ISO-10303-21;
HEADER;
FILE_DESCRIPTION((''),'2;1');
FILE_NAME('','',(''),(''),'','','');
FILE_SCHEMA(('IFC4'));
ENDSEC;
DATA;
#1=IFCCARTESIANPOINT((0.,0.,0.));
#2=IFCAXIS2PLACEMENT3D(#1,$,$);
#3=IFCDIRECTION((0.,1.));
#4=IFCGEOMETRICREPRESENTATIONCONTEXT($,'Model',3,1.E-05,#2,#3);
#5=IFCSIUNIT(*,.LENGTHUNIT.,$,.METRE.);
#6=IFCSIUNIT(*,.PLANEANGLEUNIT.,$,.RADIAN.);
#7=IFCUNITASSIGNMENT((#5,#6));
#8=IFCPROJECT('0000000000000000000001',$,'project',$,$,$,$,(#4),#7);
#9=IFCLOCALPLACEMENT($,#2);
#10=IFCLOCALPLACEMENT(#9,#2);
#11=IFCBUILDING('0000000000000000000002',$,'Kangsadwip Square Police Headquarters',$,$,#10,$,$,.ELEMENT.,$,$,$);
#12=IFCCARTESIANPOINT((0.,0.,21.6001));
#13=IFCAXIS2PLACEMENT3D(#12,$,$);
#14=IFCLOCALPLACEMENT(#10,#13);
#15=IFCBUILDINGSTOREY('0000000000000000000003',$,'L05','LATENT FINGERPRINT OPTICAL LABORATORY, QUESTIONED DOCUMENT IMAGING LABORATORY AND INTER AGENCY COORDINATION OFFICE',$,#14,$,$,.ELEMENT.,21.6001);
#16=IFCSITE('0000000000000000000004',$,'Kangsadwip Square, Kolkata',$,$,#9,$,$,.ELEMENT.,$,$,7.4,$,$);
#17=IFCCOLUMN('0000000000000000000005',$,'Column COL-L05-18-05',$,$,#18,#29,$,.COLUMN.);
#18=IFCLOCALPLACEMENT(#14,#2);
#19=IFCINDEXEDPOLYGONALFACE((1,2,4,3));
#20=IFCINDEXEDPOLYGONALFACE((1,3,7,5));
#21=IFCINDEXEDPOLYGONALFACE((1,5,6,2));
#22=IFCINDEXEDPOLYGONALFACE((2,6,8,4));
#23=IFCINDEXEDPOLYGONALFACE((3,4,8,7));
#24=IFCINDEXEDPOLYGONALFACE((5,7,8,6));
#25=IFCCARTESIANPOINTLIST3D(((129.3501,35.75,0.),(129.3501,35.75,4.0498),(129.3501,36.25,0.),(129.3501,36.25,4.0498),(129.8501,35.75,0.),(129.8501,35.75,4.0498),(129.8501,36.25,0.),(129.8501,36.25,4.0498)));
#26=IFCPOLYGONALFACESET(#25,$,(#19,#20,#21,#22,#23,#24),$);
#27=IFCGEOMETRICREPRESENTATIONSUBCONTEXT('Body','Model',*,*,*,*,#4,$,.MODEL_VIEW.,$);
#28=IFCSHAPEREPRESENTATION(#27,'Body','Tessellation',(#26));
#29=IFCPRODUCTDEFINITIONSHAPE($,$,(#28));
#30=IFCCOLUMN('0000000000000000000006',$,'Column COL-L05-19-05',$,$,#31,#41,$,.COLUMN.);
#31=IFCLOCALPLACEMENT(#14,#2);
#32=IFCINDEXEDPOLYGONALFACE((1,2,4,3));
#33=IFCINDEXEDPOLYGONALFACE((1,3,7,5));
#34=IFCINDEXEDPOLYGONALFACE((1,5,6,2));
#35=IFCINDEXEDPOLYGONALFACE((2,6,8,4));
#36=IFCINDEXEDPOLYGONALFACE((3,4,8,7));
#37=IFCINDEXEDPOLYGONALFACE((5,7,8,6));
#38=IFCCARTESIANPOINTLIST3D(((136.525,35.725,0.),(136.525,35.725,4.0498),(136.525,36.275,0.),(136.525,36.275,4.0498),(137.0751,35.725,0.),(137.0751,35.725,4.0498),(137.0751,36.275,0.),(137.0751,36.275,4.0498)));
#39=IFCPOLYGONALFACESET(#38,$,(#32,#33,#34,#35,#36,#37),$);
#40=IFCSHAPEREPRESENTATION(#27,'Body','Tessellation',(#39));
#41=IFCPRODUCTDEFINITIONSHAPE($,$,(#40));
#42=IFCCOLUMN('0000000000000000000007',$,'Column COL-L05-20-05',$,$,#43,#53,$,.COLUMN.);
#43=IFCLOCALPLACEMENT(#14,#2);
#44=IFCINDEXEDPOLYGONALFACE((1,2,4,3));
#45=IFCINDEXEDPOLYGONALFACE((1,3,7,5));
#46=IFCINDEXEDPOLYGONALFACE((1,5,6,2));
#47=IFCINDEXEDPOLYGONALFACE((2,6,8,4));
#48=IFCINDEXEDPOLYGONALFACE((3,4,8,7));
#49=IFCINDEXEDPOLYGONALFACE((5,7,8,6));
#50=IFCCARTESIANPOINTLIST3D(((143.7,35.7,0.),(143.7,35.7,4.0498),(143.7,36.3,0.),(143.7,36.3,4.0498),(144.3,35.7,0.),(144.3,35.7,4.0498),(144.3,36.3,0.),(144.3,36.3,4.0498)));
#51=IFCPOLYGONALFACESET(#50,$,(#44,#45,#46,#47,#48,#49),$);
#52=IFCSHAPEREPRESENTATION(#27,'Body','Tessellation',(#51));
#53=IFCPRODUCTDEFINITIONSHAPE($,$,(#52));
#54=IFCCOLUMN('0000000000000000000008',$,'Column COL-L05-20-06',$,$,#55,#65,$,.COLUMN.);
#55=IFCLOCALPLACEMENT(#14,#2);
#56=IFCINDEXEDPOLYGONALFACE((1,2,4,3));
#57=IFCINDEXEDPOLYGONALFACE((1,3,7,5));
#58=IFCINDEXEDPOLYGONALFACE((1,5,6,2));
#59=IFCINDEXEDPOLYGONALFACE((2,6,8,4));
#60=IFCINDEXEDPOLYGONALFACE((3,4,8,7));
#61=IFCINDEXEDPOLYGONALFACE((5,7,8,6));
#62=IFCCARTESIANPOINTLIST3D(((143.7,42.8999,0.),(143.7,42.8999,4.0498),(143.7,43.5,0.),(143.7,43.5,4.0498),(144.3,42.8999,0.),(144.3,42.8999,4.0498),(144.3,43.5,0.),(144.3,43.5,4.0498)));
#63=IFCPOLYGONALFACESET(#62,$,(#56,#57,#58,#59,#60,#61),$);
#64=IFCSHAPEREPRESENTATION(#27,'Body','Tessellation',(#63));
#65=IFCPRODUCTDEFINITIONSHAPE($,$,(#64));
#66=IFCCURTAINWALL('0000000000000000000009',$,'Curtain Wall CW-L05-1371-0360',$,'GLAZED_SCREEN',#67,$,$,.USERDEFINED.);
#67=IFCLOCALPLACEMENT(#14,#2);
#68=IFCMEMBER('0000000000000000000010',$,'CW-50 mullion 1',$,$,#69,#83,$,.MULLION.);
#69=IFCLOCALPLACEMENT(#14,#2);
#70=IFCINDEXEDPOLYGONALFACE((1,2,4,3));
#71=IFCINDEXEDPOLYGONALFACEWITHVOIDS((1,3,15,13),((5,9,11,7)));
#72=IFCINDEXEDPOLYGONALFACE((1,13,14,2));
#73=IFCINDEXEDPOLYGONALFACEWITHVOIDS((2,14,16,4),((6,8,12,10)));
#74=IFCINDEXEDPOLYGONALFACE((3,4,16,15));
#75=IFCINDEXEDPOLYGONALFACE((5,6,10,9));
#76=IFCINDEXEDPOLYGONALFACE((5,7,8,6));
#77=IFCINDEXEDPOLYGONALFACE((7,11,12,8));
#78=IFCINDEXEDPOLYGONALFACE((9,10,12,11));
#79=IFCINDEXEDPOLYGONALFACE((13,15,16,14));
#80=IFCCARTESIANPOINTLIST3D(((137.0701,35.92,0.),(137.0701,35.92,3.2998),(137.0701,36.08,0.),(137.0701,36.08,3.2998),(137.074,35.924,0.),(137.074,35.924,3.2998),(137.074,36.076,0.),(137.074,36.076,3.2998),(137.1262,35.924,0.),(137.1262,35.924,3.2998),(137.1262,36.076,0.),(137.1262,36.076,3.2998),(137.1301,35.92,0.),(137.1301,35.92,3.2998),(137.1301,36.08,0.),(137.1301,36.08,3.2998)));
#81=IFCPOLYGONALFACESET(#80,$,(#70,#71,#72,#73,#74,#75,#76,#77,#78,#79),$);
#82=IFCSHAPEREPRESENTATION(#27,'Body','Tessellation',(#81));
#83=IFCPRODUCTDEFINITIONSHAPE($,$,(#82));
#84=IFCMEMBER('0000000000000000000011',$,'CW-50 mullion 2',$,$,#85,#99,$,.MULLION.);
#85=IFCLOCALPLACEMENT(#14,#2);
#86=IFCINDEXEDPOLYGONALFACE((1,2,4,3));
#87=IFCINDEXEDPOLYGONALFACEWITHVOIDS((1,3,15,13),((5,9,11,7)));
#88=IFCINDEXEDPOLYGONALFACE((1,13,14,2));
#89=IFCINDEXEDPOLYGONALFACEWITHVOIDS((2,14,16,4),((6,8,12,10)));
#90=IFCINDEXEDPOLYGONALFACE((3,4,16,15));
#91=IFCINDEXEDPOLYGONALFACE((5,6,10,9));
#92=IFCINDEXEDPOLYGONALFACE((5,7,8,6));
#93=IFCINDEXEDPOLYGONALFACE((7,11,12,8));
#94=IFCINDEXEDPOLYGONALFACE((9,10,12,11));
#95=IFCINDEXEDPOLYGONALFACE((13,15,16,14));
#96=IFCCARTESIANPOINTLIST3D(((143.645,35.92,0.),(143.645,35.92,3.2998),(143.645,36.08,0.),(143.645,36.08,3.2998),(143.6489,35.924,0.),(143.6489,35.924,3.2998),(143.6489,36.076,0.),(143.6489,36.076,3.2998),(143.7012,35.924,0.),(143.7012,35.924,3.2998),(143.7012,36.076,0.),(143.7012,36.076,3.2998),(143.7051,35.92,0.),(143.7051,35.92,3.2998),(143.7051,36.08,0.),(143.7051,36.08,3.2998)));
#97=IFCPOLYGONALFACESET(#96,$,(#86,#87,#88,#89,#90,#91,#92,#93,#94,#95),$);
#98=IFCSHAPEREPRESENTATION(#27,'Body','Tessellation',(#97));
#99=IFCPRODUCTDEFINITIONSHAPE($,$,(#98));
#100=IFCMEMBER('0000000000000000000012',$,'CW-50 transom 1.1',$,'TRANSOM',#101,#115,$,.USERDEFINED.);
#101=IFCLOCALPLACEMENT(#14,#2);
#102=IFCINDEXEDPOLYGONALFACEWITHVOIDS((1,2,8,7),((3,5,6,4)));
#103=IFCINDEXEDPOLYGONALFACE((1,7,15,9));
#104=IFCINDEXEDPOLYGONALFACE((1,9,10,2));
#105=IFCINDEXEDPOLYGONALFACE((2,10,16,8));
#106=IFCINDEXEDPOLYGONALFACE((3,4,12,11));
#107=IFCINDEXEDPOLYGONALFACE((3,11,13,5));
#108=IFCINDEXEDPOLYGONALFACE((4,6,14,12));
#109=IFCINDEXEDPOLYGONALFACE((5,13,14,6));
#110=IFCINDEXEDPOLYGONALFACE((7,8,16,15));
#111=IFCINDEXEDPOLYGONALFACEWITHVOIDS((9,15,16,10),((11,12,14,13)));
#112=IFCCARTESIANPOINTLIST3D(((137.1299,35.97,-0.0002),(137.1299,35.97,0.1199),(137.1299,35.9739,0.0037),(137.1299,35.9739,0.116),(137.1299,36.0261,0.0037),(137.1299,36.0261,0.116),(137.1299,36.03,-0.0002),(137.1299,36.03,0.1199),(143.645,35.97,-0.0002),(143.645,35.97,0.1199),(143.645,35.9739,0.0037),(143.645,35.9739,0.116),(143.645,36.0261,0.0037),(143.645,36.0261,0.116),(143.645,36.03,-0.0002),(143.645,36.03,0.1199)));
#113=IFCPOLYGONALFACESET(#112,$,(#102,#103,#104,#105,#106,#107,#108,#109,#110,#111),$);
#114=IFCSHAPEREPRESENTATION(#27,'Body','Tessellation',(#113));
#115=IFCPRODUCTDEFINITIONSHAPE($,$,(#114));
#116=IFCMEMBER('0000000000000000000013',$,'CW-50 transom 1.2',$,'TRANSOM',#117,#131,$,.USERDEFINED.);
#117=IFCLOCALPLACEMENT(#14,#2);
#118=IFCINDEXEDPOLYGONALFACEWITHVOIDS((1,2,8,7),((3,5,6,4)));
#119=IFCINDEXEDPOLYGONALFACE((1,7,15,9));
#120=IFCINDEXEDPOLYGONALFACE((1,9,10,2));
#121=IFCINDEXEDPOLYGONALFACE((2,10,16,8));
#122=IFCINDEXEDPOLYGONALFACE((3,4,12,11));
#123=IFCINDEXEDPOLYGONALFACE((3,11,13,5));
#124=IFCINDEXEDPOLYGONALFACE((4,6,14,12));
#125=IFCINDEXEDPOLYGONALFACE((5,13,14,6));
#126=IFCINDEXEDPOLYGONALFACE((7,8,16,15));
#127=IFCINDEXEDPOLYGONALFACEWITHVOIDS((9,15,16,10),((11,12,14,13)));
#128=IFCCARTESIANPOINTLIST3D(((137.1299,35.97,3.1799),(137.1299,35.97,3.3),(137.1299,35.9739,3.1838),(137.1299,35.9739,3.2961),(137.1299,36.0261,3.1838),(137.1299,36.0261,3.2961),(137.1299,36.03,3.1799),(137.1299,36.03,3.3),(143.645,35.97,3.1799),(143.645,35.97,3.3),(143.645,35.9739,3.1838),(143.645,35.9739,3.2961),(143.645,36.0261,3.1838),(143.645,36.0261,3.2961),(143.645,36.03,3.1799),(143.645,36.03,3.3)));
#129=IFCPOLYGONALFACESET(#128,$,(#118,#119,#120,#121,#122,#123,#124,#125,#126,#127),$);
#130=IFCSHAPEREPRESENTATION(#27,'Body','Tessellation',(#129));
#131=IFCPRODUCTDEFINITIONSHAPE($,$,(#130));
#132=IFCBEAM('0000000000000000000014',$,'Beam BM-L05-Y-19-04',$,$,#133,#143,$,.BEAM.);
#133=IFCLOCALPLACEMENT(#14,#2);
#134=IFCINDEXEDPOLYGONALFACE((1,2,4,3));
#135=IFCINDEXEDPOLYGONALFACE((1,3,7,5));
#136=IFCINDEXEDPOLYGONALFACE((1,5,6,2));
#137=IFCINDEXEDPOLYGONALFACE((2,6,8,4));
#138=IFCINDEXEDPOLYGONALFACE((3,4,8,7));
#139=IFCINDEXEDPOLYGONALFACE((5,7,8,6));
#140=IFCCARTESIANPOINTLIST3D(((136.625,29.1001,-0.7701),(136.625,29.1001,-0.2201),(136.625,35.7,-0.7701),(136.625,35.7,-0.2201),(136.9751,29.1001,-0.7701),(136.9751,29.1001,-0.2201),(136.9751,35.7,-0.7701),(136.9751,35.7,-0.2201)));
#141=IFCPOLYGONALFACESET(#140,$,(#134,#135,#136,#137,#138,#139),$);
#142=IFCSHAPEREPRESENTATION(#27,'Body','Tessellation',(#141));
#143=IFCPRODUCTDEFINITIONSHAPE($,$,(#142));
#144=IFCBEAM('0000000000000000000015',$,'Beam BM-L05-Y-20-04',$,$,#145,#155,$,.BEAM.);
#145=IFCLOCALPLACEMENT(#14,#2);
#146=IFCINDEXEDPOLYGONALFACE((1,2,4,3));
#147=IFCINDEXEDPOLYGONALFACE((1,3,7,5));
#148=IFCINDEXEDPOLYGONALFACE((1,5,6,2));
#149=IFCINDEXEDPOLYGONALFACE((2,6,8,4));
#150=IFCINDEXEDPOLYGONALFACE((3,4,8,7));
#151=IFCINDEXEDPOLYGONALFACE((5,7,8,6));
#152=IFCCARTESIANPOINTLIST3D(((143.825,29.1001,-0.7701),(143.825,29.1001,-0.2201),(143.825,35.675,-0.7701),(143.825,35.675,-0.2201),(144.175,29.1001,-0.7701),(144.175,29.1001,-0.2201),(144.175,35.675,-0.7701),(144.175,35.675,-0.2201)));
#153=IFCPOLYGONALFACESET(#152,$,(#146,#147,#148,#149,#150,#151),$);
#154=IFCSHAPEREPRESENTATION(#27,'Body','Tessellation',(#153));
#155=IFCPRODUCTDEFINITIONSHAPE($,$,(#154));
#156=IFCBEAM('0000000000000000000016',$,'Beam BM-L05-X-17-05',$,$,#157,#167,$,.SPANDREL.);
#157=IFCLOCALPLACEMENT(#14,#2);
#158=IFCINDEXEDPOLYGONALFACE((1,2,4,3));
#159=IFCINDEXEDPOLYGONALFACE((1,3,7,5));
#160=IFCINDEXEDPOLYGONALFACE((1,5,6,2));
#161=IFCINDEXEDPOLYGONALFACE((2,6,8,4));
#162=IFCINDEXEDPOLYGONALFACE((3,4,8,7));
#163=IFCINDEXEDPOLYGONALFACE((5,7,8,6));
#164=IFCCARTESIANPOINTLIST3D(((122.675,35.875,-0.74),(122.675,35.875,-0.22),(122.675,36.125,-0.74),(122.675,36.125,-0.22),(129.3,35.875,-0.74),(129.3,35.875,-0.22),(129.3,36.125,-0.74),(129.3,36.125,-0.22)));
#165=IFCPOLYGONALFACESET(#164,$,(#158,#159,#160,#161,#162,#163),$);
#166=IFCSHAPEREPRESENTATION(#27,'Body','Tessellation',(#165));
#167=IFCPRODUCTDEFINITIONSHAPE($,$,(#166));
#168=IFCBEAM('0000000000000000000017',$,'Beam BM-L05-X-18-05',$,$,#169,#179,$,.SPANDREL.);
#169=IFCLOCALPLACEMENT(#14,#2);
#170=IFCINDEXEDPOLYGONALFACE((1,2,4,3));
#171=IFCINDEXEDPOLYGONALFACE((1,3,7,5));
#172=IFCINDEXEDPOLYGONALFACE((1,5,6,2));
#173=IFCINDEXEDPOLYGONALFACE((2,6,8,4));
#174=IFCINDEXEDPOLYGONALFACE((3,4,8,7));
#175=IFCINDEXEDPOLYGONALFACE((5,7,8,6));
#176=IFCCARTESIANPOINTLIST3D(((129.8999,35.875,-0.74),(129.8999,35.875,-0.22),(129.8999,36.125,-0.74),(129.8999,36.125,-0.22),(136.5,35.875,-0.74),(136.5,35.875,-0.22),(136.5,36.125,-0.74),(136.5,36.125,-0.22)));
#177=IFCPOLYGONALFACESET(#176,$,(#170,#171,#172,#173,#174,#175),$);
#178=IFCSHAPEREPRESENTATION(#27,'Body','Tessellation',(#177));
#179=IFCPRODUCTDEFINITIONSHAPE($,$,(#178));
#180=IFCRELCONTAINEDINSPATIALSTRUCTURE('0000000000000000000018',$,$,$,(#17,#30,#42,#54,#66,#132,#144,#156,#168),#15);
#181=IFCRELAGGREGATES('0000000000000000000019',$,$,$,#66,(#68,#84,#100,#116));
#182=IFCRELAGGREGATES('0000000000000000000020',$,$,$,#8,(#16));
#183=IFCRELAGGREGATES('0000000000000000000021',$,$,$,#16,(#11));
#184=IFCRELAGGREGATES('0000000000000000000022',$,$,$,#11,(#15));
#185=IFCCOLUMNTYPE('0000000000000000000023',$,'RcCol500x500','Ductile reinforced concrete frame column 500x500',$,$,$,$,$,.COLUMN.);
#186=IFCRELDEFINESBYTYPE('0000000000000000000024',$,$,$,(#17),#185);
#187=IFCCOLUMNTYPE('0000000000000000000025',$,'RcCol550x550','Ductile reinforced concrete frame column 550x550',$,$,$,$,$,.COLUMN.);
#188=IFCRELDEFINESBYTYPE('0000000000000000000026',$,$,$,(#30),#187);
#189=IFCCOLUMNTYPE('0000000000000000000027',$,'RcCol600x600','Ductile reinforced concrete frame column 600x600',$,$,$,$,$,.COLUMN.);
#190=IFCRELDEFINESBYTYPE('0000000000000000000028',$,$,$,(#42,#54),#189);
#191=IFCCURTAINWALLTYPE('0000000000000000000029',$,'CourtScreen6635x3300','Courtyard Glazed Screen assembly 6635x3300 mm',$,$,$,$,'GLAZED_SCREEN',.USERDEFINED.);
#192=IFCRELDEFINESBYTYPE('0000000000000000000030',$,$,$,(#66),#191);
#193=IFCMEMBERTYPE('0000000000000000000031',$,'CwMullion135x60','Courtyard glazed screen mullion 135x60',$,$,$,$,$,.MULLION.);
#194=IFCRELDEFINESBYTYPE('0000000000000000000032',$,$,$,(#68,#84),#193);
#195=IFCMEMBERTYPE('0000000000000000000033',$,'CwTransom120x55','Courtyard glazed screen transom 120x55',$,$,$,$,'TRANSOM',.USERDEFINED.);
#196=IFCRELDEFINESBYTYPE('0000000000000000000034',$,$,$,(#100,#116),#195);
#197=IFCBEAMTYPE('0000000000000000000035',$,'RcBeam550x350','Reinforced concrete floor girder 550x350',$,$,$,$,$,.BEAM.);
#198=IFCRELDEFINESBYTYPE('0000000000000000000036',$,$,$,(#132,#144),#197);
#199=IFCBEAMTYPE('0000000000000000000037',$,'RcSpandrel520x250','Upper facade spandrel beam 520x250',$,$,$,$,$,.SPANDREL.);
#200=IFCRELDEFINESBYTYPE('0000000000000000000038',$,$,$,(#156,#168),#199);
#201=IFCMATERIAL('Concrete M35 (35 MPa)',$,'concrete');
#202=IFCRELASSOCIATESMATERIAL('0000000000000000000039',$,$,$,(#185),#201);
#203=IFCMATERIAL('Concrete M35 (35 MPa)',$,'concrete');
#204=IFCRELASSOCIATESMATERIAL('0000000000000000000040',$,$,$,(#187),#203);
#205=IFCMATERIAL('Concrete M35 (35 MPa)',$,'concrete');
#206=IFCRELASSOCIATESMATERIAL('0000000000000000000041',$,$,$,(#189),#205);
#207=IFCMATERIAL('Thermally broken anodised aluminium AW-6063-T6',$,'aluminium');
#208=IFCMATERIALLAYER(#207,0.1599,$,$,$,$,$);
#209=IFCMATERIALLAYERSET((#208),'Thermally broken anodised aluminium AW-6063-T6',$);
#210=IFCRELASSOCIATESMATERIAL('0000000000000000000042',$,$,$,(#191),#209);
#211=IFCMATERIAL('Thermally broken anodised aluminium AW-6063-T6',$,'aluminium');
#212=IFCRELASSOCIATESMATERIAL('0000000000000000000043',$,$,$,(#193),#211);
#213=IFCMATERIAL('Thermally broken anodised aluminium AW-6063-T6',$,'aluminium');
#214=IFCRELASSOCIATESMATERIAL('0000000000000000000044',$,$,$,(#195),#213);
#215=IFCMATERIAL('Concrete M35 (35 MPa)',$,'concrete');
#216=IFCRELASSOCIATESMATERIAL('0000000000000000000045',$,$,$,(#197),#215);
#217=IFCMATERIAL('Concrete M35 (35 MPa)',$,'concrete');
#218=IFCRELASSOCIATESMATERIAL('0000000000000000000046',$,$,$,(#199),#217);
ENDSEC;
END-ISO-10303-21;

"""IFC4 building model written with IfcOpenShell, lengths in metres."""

from ifc_helpers import new_model, si_unit, direction, frame, origin, origin_2d, place, context, subcontext, project, spatial, rectangle, hollow_rectangle, extrude, material, layer, layer_set, material_profile, profile_set, type_object, element, aggregate, save


model = new_model("IFC4")

# Units and contexts
model_context = context("Model", 3, precision=1e-05, world=origin(), true_north=direction((0.0, 1.0)))
body_context = subcontext(model_context, "Body", "Model", "MODEL_VIEW")
ifc_project = project(units=[si_unit("LENGTHUNIT", "METRE"), si_unit("PLANEANGLEUNIT", "RADIAN")], contexts=[model_context])

# Site, building, storey
site_placement = place(None, origin())
site = spatial("IfcSite", under=ifc_project, at=site_placement, Name="Kangsadwip Square, Kolkata", CompositionType="ELEMENT", RefElevation=7.4)
building_placement = place(site_placement, origin())
building = spatial("IfcBuilding", under=site, at=building_placement, Name="Kangsadwip Square Police Headquarters", CompositionType="ELEMENT")
storey_placement = place(building_placement, frame((0.0, 0.0, 21.6001)))
storey = spatial("IfcBuildingStorey", under=building, at=storey_placement, Name="L05", Description="LATENT FINGERPRINT OPTICAL LABORATORY, QUESTIONED DOCUMENT IMAGING LABORATORY AND INTER AGENCY COORDINATION OFFICE", CompositionType="ELEMENT", Elevation=21.6001)

# Columns
ifc_material_1 = material(Name="Concrete M35 (35 MPa)", Category="concrete")
ifc_material_profile_1 = material_profile(ifc_material_1, rectangle(XDim=0.5, YDim=0.5, at=origin_2d()), Name="RC COL 500X500")
ifc_profile_set_1 = profile_set([ifc_material_profile_1], Name="Concrete M35 (35 MPa)")
column_type_1 = type_object("IfcColumnType", Name="RcCol500x500", Description="Ductile reinforced concrete frame column 500x500", PredefinedType="COLUMN", material=ifc_profile_set_1)
column_1_placement = place(storey_placement, frame((129.6001, 36.0, 0.0), z_axis=(0.0, 0.0, 1.0), x_axis=(1.0, 0.0, 0.0)))
element("IfcColumn", 1, at=column_1_placement, inside=storey, type_object=column_type_1, Name="Column COL-L05-18-05", PredefinedType="COLUMN", context=body_context, shape_type="SweptSolid", body=[
    extrude(rectangle(XDim=0.5, YDim=0.5, at=origin_2d()), origin(), (0.0, 0.0, 1.0), 4.0498),
])
ifc_material_2 = material(Name="Concrete M35 (35 MPa)", Category="concrete")
ifc_material_profile_2 = material_profile(ifc_material_2, rectangle(XDim=0.55, YDim=0.55, at=origin_2d()), Name="RC COL 550X550")
ifc_profile_set_2 = profile_set([ifc_material_profile_2], Name="Concrete M35 (35 MPa)")
column_type_2 = type_object("IfcColumnType", Name="RcCol550x550", Description="Ductile reinforced concrete frame column 550x550", PredefinedType="COLUMN", material=ifc_profile_set_2)
column_2_placement = place(storey_placement, frame((136.8, 36.0, 0.0), z_axis=(0.0, 0.0, 1.0), x_axis=(1.0, 0.0, 0.0)))
element("IfcColumn", 2, at=column_2_placement, inside=storey, type_object=column_type_2, Name="Column COL-L05-19-05", PredefinedType="COLUMN", context=body_context, shape_type="SweptSolid", body=[
    extrude(rectangle(XDim=0.55, YDim=0.55, at=origin_2d()), origin(), (0.0, 0.0, 1.0), 4.0498),
])
ifc_material_3 = material(Name="Concrete M35 (35 MPa)", Category="concrete")
ifc_material_profile_3 = material_profile(ifc_material_3, rectangle(XDim=0.6001, YDim=0.6001, at=origin_2d()), Name="RC COL 600X600")
ifc_profile_set_3 = profile_set([ifc_material_profile_3], Name="Concrete M35 (35 MPa)")
column_type_3 = type_object("IfcColumnType", Name="RcCol600x600", Description="Ductile reinforced concrete frame column 600x600", PredefinedType="COLUMN", material=ifc_profile_set_3)
for number, where, z_axis, x_axis, name in (
    (3, (144.0, 36.0, 0.0), (0.0, 0.0, 1.0), (1.0, 0.0, 0.0), "Column COL-L05-20-05"),
    (4, (144.0, 43.2, 0.0), (0.0, 0.0, 1.0), (1.0, 0.0, 0.0), "Column COL-L05-20-06"),
):
    element("IfcColumn", number, at=place(storey_placement, frame(where, z_axis=z_axis, x_axis=x_axis)), inside=storey, type_object=column_type_3, Name=name, PredefinedType="COLUMN", context=body_context, shape_type="SweptSolid", body=[
        extrude(rectangle(XDim=0.6001, YDim=0.6001, at=origin_2d()), origin(), (0.0, 0.0, 1.0), 4.0498),
    ])

# Curtain wall, members
ifc_material_4 = material(Name="Thermally broken anodised aluminium AW-6063-T6", Category="aluminium")
ifc_layer_1 = layer(ifc_material_4, 0.1599)
ifc_layer_set_1 = layer_set([ifc_layer_1], Name="Thermally broken anodised aluminium AW-6063-T6")
curtain_wall_type = type_object("IfcCurtainWallType", Name="CourtScreen6635x3300", Description="Courtyard Glazed Screen assembly 6635x3300 mm", ElementType="GLAZED_SCREEN", PredefinedType="USERDEFINED", material=ifc_layer_set_1)
curtain_wall_placement = place(storey_placement, origin())
curtain_wall = element("IfcCurtainWall", 5, at=curtain_wall_placement, inside=storey, type_object=curtain_wall_type, Name="Curtain Wall CW-L05-1371-0360", ObjectType="GLAZED_SCREEN", PredefinedType="USERDEFINED")
ifc_material_5 = material(Name="Thermally broken anodised aluminium AW-6063-T6", Category="aluminium")
ifc_material_profile_4 = material_profile(ifc_material_5, hollow_rectangle(XDim=0.0601, YDim=0.1599, WallThickness=0.0039, at=origin_2d()), Name="CWM 160X60X4")
ifc_profile_set_4 = profile_set([ifc_material_profile_4], Name="Thermally broken anodised aluminium AW-6063-T6")
member_type_1 = type_object("IfcMemberType", Name="CwMullion135x60", Description="Courtyard glazed screen mullion 135x60", PredefinedType="MULLION", material=ifc_profile_set_4)
member_1_placement = place(storey_placement, frame((137.1001, 36.0, 0.0), z_axis=(0.0, 0.0, 1.0), x_axis=(1.0, 0.0, 0.0)))
member_1 = element("IfcMember", 6, at=member_1_placement, type_object=member_type_1, Name="CW-50 mullion 1", PredefinedType="MULLION", context=body_context, shape_type="SweptSolid", body=[
    extrude(hollow_rectangle(XDim=0.0601, YDim=0.1599, WallThickness=0.0039, at=origin_2d()), origin(), (0.0, 0.0, 1.0), 3.2998),
])
member_2_placement = place(storey_placement, frame((143.675, 36.0, 0.0), z_axis=(0.0, 0.0, 1.0), x_axis=(1.0, 0.0, 0.0)))
member_2 = element("IfcMember", 7, at=member_2_placement, type_object=member_type_1, Name="CW-50 mullion 2", PredefinedType="MULLION", context=body_context, shape_type="SweptSolid", body=[
    extrude(hollow_rectangle(XDim=0.0601, YDim=0.1599, WallThickness=0.0039, at=origin_2d()), origin(), (0.0, 0.0, 1.0), 3.2998),
])
ifc_material_6 = material(Name="Thermally broken anodised aluminium AW-6063-T6", Category="aluminium")
ifc_material_profile_5 = material_profile(ifc_material_6, hollow_rectangle(XDim=0.0601, YDim=0.1201, WallThickness=0.0039, at=origin_2d()), Name="CWT 120X60X4")
ifc_profile_set_5 = profile_set([ifc_material_profile_5], Name="Thermally broken anodised aluminium AW-6063-T6")
member_type_2 = type_object("IfcMemberType", Name="CwTransom120x55", Description="Courtyard glazed screen transom 120x55", ElementType="TRANSOM", PredefinedType="USERDEFINED", material=ifc_profile_set_5)
member_3_placement = place(storey_placement, frame((137.1299, 36.0, 0.0598), z_axis=(1.0, 0.0, 0.0), x_axis=(0.0, 1.0, 0.0)))
member_3 = element("IfcMember", 8, at=member_3_placement, type_object=member_type_2, Name="CW-50 transom 1.1", ObjectType="TRANSOM", PredefinedType="USERDEFINED", context=body_context, shape_type="SweptSolid", body=[
    extrude(hollow_rectangle(XDim=0.0601, YDim=0.1201, WallThickness=0.0039, at=origin_2d()), origin(), (0.0, 0.0, 1.0), 6.5151),
])
member_4_placement = place(storey_placement, frame((137.1299, 36.0, 3.24), z_axis=(1.0, 0.0, 0.0), x_axis=(0.0, 1.0, 0.0)))
member_4 = element("IfcMember", 9, at=member_4_placement, type_object=member_type_2, Name="CW-50 transom 1.2", ObjectType="TRANSOM", PredefinedType="USERDEFINED", context=body_context, shape_type="SweptSolid", body=[
    extrude(hollow_rectangle(XDim=0.0601, YDim=0.1201, WallThickness=0.0039, at=origin_2d()), origin(), (0.0, 0.0, 1.0), 6.5151),
])

# Beams
ifc_material_7 = material(Name="Concrete M35 (35 MPa)", Category="concrete")
ifc_material_profile_6 = material_profile(ifc_material_7, rectangle(XDim=0.3501, YDim=0.55, at=origin_2d()), Name="RC BM 550X350")
ifc_profile_set_6 = profile_set([ifc_material_profile_6], Name="Concrete M35 (35 MPa)")
beam_type_1 = type_object("IfcBeamType", Name="RcBeam550x350", Description="Reinforced concrete floor girder 550x350", PredefinedType="BEAM", material=ifc_profile_set_6)
beam_1_placement = place(storey_placement, frame((136.8, 29.1001, -0.4951), z_axis=(0.0, 1.0, 0.0), x_axis=(-1.0, 0.0, 0.0)))
element("IfcBeam", 10, at=beam_1_placement, inside=storey, type_object=beam_type_1, Name="Beam BM-L05-Y-19-04", PredefinedType="BEAM", context=body_context, shape_type="SweptSolid", body=[
    extrude(rectangle(XDim=0.3501, YDim=0.55, at=origin_2d()), origin(), (0.0, 0.0, 1.0), 6.5999),
])
beam_2_placement = place(storey_placement, frame((144.0, 29.1001, -0.4951), z_axis=(0.0, 1.0, 0.0), x_axis=(-1.0, 0.0, 0.0)))
element("IfcBeam", 11, at=beam_2_placement, inside=storey, type_object=beam_type_1, Name="Beam BM-L05-Y-20-04", PredefinedType="BEAM", context=body_context, shape_type="SweptSolid", body=[
    extrude(rectangle(XDim=0.3501, YDim=0.55, at=origin_2d()), origin(), (0.0, 0.0, 1.0), 6.575),
])
ifc_material_8 = material(Name="Concrete M35 (35 MPa)", Category="concrete")
ifc_material_profile_7 = material_profile(ifc_material_8, rectangle(XDim=0.25, YDim=0.52, at=origin_2d()), Name="RC SPN 520X250")
ifc_profile_set_7 = profile_set([ifc_material_profile_7], Name="Concrete M35 (35 MPa)")
beam_type_2 = type_object("IfcBeamType", Name="RcSpandrel520x250", Description="Upper facade spandrel beam 520x250", PredefinedType="SPANDREL", material=ifc_profile_set_7)
beam_3_placement = place(storey_placement, frame((122.675, 36.0, -0.48), z_axis=(1.0, 0.0, 0.0), x_axis=(0.0, 1.0, 0.0)))
element("IfcBeam", 12, at=beam_3_placement, inside=storey, type_object=beam_type_2, Name="Beam BM-L05-X-17-05", PredefinedType="SPANDREL", context=body_context, shape_type="SweptSolid", body=[
    extrude(rectangle(XDim=0.25, YDim=0.52, at=origin_2d()), origin(), (0.0, 0.0, 1.0), 6.625),
])
beam_4_placement = place(storey_placement, frame((129.8999, 36.0, -0.48), z_axis=(1.0, 0.0, 0.0), x_axis=(0.0, 1.0, 0.0)))
element("IfcBeam", 13, at=beam_4_placement, inside=storey, type_object=beam_type_2, Name="Beam BM-L05-X-18-05", PredefinedType="SPANDREL", context=body_context, shape_type="SweptSolid", body=[
    extrude(rectangle(XDim=0.25, YDim=0.52, at=origin_2d()), origin(), (0.0, 0.0, 1.0), 6.6001),
])

aggregate(curtain_wall, [member_1, member_2, member_3, member_4])

save(model, "model.ifc")
